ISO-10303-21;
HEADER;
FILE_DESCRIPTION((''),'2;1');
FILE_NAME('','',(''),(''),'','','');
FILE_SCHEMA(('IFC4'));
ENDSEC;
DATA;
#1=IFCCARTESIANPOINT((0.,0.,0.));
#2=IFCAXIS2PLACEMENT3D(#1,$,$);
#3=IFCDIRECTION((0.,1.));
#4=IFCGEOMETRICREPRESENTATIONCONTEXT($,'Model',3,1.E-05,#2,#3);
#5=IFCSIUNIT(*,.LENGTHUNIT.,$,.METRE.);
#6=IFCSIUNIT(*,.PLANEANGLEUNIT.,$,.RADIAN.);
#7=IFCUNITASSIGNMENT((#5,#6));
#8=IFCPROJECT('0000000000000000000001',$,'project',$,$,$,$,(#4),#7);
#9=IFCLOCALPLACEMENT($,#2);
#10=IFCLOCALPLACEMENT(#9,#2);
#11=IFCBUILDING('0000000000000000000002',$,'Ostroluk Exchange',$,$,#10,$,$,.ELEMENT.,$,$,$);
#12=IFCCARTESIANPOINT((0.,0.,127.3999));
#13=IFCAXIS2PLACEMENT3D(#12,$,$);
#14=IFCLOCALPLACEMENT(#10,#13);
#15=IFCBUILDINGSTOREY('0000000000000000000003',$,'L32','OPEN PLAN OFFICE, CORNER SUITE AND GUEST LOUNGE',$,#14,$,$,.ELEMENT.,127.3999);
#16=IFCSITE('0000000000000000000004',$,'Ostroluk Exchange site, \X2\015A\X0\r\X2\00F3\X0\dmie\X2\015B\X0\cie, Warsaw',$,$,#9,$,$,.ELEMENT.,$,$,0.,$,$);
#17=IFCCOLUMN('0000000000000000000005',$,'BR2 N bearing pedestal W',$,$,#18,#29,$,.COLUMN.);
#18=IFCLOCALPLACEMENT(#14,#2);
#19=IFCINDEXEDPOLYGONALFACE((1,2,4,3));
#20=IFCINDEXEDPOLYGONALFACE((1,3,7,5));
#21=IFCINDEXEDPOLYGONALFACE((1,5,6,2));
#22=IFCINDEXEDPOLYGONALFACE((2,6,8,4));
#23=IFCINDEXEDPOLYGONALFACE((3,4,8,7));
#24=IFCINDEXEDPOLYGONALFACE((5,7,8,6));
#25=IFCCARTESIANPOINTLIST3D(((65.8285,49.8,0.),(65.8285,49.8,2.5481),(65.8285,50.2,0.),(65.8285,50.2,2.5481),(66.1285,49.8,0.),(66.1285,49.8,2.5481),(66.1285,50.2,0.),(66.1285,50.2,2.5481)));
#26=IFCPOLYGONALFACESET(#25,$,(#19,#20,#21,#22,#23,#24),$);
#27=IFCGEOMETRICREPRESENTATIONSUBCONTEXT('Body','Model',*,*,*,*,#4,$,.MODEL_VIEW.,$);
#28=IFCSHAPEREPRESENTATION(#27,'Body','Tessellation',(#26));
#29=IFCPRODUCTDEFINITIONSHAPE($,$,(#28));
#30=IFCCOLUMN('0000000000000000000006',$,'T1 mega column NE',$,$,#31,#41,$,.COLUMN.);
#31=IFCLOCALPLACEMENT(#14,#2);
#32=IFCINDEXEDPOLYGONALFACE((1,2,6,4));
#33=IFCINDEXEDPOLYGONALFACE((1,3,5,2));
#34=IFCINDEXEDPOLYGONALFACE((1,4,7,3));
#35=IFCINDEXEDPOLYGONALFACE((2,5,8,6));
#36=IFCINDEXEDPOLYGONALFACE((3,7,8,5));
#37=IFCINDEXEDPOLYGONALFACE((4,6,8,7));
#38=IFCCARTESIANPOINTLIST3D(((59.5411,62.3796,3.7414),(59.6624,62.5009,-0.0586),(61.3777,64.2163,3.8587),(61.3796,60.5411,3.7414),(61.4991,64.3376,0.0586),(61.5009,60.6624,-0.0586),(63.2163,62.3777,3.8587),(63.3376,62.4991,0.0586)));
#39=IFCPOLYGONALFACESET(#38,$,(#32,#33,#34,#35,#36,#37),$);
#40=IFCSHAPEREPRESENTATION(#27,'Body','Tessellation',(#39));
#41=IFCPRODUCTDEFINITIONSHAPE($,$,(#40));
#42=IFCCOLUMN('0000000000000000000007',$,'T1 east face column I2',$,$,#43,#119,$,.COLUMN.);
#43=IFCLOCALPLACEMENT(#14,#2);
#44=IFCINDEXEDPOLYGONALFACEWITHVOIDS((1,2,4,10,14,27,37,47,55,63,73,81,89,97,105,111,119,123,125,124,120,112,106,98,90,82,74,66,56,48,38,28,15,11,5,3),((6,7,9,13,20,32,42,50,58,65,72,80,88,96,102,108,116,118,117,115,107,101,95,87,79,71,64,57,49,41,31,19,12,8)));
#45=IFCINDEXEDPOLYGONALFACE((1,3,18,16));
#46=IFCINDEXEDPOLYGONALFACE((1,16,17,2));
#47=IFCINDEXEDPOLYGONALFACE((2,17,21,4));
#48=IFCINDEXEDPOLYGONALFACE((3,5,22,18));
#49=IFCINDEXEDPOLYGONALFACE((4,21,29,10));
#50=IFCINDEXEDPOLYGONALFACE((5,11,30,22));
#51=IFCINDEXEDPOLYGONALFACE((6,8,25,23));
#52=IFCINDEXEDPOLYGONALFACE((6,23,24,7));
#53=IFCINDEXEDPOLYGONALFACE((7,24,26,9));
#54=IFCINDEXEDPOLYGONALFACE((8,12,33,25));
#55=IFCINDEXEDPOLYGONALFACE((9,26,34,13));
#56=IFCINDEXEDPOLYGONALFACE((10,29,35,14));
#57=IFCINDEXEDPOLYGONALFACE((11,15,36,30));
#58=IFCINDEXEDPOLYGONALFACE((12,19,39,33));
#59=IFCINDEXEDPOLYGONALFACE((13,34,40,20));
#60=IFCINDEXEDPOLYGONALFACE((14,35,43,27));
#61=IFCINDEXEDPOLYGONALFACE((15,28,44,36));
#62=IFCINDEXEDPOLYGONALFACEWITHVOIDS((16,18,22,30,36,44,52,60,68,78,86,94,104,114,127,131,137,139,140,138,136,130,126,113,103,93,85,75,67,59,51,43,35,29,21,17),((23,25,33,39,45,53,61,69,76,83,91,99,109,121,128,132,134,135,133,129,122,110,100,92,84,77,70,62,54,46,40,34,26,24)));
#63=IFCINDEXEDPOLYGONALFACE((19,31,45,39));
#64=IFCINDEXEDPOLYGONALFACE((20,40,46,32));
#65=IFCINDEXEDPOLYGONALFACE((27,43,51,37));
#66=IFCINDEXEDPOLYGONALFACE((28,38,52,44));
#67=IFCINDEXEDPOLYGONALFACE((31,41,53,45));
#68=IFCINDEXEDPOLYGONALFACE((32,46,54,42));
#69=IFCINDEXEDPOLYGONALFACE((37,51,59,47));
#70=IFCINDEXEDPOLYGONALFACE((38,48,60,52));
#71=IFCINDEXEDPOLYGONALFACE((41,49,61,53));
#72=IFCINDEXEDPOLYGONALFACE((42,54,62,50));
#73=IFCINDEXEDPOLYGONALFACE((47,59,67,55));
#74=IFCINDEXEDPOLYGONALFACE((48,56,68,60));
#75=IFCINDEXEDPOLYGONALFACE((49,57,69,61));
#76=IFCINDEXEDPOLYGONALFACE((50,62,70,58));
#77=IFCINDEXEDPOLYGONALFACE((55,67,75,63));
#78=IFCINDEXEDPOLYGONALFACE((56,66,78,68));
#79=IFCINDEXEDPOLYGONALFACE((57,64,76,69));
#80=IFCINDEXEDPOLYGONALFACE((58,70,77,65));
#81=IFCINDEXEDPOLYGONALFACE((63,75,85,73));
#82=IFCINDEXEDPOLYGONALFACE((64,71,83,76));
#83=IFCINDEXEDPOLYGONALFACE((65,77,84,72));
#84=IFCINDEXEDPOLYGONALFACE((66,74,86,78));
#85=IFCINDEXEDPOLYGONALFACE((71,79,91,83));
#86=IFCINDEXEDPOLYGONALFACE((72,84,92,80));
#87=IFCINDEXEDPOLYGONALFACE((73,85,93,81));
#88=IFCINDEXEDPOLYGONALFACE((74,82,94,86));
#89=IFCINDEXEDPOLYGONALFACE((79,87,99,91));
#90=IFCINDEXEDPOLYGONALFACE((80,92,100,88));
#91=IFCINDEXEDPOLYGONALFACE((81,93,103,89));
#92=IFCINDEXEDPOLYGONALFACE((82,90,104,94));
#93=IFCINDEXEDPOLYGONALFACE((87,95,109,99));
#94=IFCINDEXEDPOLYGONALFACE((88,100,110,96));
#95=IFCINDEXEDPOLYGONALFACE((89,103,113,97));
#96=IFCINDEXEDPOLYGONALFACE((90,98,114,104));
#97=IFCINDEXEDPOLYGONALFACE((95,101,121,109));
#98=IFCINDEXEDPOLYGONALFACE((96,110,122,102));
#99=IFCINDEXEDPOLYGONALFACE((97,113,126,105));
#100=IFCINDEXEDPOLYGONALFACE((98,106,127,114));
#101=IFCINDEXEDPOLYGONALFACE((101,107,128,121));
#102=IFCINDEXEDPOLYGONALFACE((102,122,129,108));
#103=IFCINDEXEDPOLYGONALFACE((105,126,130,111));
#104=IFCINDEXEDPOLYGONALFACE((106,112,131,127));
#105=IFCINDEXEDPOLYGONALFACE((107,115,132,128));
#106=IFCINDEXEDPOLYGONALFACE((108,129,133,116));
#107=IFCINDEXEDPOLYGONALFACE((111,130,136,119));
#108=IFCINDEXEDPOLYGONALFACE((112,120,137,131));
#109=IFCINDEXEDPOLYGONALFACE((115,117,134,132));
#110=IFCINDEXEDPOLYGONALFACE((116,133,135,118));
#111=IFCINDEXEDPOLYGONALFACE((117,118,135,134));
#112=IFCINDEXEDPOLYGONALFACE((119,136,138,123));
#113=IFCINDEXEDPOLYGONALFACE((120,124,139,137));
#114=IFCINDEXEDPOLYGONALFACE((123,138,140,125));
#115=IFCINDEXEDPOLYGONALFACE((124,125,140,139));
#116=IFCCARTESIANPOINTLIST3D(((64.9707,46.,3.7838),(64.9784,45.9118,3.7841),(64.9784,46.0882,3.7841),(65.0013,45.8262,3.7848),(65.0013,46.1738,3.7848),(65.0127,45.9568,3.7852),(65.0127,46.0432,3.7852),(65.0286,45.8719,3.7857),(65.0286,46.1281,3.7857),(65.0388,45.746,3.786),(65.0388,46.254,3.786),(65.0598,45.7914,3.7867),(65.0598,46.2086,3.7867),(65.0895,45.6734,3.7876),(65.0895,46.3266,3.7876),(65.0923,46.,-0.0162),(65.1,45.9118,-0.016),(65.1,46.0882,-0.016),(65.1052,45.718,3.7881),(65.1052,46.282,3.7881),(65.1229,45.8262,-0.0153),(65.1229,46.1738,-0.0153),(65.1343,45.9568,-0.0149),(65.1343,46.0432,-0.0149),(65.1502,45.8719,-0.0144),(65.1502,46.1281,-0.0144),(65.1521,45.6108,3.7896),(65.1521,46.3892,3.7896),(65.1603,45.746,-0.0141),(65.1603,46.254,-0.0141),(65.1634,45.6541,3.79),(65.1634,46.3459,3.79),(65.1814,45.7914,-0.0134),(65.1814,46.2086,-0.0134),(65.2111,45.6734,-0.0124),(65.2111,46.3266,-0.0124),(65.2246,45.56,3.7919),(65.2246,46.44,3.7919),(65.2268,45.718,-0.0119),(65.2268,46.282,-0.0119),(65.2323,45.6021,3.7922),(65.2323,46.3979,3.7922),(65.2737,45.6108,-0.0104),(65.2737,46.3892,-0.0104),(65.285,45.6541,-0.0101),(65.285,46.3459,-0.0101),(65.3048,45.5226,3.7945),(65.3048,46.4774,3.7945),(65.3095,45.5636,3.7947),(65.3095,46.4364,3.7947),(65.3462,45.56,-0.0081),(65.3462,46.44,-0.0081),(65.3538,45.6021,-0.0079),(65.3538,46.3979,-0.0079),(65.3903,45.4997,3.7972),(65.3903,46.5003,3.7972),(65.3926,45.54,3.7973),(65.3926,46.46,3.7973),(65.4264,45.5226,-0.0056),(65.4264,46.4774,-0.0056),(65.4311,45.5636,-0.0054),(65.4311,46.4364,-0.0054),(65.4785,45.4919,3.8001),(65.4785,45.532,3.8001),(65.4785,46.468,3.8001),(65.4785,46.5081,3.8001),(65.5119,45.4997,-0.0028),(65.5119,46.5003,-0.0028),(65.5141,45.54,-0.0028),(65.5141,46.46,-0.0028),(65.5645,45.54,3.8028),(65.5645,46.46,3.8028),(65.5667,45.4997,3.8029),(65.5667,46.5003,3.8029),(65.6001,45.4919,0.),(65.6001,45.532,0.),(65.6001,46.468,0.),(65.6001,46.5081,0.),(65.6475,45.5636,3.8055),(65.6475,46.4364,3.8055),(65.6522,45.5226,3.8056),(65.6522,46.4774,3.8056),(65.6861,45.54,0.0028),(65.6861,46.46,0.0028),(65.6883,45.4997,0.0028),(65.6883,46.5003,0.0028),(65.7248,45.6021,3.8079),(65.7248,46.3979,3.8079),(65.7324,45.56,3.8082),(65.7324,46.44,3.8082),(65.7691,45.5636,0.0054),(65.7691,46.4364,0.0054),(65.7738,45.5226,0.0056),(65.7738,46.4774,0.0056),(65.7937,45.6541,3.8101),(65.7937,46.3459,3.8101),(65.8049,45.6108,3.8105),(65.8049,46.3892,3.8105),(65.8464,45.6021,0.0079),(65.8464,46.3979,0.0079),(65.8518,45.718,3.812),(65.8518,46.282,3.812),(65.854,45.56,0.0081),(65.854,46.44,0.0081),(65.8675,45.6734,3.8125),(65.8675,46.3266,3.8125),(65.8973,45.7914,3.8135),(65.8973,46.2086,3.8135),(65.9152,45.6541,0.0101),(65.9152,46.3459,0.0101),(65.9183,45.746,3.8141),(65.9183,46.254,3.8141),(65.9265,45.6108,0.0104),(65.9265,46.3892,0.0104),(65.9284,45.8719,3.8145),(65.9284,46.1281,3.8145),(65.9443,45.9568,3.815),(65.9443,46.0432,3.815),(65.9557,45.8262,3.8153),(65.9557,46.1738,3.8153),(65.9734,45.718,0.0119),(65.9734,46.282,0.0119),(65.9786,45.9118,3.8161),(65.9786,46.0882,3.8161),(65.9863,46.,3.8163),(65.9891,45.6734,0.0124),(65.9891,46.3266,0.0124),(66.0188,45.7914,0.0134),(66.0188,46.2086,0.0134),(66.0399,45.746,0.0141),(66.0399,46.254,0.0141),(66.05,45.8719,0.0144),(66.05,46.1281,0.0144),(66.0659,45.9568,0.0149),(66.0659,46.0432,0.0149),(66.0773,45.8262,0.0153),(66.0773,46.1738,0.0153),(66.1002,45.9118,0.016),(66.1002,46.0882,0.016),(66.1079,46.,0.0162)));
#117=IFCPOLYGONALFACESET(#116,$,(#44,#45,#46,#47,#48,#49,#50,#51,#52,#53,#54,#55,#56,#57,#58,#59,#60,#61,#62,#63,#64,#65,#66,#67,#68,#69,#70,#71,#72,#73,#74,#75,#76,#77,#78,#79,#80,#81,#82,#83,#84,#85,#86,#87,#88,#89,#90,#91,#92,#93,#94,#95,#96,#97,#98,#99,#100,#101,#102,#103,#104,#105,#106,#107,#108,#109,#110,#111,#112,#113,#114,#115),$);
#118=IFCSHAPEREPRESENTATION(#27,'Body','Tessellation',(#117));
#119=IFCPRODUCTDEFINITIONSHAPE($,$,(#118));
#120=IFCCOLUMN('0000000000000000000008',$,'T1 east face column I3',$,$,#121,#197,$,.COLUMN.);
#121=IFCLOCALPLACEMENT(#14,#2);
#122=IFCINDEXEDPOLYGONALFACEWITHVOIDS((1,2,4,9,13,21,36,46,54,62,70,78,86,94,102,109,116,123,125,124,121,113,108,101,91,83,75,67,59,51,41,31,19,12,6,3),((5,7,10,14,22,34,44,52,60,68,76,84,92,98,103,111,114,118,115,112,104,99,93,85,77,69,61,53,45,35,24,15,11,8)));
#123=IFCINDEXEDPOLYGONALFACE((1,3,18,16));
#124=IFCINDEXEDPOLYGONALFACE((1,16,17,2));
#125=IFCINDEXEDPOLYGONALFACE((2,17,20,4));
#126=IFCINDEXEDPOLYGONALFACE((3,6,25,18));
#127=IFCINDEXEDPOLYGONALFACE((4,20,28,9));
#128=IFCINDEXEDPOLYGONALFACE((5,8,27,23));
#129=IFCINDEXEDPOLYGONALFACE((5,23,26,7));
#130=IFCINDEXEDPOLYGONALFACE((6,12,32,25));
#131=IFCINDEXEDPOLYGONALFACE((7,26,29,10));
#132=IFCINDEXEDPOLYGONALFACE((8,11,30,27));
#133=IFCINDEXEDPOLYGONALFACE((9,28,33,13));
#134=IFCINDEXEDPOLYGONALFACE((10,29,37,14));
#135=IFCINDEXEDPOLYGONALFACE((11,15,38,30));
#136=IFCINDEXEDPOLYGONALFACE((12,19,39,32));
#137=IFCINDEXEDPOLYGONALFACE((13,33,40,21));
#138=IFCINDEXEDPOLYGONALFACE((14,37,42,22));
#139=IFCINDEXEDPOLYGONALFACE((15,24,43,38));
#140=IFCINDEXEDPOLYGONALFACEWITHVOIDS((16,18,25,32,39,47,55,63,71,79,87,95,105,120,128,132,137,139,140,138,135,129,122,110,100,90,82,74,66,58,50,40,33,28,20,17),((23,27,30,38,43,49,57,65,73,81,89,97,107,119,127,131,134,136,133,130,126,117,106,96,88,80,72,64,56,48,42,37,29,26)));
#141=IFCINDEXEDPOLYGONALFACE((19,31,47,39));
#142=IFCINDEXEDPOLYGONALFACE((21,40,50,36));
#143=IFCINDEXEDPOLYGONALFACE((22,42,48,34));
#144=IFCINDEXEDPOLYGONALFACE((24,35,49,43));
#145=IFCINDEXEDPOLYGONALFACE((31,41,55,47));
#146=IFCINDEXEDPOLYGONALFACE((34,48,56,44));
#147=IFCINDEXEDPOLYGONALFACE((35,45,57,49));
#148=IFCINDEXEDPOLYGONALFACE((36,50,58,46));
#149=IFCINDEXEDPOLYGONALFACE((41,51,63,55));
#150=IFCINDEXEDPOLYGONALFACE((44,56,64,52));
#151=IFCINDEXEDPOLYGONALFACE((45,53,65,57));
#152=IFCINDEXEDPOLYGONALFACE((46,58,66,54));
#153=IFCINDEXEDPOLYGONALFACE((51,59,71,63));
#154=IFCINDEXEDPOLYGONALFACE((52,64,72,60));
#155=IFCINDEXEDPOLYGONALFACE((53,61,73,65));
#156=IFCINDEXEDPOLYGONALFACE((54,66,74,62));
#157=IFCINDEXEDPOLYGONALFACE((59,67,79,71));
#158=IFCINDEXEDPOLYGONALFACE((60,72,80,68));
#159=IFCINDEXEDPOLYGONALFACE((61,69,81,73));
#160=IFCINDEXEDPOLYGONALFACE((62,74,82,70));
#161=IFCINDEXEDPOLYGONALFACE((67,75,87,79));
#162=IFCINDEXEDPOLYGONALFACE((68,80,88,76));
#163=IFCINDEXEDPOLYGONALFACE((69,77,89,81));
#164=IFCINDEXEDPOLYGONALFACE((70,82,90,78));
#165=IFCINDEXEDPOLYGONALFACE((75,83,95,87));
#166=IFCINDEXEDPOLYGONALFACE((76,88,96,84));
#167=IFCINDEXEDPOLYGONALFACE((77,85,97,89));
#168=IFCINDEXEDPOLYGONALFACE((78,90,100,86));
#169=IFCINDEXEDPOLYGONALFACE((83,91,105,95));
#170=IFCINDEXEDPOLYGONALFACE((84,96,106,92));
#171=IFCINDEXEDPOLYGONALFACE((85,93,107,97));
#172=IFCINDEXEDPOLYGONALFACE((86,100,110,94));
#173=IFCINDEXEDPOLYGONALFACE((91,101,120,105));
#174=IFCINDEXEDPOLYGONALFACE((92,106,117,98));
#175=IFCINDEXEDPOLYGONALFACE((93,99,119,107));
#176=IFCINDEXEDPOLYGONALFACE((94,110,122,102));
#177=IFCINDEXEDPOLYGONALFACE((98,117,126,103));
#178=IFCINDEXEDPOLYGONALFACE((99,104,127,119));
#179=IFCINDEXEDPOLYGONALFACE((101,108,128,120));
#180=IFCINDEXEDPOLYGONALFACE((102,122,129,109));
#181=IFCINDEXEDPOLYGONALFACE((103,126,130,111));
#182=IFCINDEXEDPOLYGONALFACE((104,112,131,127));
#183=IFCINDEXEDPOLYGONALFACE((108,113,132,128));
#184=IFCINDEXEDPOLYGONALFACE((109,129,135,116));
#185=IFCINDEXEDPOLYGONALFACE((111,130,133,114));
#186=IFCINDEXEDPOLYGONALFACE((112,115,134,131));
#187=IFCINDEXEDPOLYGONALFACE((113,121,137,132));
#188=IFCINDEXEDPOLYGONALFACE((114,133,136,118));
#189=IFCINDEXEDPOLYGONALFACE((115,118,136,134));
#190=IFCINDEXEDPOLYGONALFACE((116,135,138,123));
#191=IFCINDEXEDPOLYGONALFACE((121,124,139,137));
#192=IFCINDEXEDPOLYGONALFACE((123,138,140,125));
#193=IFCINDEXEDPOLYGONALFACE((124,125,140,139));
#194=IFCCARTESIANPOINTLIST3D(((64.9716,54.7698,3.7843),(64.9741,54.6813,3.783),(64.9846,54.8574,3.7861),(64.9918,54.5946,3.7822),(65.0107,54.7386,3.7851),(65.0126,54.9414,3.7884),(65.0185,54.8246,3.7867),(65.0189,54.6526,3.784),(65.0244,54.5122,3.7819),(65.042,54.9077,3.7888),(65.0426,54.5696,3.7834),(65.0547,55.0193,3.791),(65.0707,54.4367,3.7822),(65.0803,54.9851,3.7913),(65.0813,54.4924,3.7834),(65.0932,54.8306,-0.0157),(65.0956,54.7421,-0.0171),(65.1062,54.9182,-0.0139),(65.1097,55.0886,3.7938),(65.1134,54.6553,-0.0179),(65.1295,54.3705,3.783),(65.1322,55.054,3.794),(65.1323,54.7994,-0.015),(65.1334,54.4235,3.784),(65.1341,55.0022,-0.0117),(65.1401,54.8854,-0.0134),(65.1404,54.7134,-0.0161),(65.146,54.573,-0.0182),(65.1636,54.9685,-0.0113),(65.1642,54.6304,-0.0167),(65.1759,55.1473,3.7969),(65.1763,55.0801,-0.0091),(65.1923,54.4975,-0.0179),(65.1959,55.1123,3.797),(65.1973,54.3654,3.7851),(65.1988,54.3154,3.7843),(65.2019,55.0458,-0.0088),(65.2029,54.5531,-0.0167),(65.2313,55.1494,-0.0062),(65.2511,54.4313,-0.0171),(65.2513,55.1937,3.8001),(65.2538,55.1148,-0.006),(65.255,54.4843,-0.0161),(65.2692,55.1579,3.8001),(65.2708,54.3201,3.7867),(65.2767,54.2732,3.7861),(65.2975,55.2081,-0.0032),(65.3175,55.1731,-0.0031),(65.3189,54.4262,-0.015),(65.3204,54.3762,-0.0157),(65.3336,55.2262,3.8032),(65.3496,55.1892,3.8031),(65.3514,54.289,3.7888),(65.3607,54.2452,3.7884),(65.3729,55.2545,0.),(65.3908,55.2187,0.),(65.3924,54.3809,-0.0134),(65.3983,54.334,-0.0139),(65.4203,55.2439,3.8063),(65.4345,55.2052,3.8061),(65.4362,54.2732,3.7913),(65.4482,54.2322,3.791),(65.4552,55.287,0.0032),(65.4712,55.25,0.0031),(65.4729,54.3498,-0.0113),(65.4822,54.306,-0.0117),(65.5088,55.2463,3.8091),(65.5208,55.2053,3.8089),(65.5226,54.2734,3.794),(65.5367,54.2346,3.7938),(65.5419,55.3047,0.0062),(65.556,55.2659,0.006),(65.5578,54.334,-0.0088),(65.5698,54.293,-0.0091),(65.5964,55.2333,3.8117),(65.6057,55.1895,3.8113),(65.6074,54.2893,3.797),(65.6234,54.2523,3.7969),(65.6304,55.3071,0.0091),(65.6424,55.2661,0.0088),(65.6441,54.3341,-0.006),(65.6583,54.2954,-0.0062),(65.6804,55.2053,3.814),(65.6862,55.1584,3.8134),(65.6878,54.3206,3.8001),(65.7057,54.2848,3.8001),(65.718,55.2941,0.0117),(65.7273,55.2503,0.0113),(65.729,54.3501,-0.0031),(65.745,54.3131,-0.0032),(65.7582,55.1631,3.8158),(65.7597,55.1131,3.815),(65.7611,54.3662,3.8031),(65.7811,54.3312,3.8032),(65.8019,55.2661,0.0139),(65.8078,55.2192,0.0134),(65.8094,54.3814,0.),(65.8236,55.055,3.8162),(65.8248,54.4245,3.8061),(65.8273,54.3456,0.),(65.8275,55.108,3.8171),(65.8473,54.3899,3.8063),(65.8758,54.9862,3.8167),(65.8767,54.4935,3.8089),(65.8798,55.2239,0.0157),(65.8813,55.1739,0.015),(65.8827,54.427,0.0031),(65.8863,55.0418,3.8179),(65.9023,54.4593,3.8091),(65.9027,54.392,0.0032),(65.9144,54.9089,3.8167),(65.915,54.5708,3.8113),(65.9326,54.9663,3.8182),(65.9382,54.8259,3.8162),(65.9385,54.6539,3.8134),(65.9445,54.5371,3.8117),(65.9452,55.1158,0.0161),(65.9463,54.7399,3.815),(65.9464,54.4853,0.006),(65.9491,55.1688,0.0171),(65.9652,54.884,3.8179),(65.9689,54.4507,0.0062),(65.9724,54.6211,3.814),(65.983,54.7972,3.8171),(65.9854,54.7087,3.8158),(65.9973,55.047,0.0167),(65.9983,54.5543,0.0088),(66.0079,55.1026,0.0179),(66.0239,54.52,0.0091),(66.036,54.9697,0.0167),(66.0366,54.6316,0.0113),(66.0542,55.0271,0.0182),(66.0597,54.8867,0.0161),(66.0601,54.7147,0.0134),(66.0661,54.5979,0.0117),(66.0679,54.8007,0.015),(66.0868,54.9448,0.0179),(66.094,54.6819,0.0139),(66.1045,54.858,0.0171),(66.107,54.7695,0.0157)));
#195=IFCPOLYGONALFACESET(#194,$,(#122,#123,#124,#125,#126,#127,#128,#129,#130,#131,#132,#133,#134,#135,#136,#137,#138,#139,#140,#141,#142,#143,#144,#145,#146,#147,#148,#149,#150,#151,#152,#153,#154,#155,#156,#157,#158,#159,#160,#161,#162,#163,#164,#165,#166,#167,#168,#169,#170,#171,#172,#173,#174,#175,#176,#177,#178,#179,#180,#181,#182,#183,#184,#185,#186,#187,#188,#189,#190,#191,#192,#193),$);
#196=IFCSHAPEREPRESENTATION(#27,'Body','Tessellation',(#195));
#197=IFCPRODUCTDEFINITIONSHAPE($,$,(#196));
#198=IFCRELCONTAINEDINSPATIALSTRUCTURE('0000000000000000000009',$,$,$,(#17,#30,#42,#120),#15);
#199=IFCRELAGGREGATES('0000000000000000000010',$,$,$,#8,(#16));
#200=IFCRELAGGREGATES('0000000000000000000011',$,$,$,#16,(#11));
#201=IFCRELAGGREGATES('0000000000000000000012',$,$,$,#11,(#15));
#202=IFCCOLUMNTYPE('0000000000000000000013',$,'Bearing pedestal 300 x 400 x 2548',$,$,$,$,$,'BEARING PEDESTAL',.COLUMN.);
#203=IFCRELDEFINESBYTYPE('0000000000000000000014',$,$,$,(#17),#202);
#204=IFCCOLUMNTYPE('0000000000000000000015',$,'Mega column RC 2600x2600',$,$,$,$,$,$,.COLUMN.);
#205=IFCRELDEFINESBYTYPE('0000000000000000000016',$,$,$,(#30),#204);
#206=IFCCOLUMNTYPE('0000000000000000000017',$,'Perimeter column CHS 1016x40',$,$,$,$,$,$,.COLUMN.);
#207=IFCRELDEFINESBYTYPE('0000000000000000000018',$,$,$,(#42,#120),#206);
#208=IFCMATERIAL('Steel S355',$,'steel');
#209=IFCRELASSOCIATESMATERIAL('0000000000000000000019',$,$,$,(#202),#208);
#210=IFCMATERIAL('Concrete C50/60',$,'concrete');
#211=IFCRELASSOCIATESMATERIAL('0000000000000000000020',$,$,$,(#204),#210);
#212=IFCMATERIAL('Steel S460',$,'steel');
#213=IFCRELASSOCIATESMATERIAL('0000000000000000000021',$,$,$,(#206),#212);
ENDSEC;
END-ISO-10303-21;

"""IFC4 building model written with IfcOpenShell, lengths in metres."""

from ifc_helpers import new_model, si_unit, direction, frame, origin, origin_2d, place, context, subcontext, project, spatial, rectangle, hollow_circle, extrude, material, material_profile, profile_set, type_object, element, save


model = new_model("IFC4")

# Units and contexts
model_context = context("Model", 3, precision=1e-05, world=origin(), true_north=direction((0.0, 1.0)))
body_context = subcontext(model_context, "Body", "Model", "MODEL_VIEW")
ifc_project = project(units=[si_unit("LENGTHUNIT", "METRE"), si_unit("PLANEANGLEUNIT", "RADIAN")], contexts=[model_context])

# Site, building, storey
site_placement = place(None, origin())
site = spatial("IfcSite", under=ifc_project, at=site_placement, Name="Ostroluk Exchange site, Śródmieście, Warsaw", CompositionType="ELEMENT", RefElevation=0.0)
building_placement = place(site_placement, origin())
building = spatial("IfcBuilding", under=site, at=building_placement, Name="Ostroluk Exchange", CompositionType="ELEMENT")
storey_placement = place(building_placement, frame((0.0, 0.0, 127.3999)))
storey = spatial("IfcBuildingStorey", under=building, at=storey_placement, Name="L32", Description="OPEN PLAN OFFICE, CORNER SUITE AND GUEST LOUNGE", CompositionType="ELEMENT", Elevation=127.3999)

# Columns
ifc_material_1 = material(Name="Steel S355", Category="steel")
ifc_material_profile_1 = material_profile(ifc_material_1, rectangle(XDim=0.3, YDim=0.3999, at=origin_2d()), Name="PL 300x400")
ifc_profile_set_1 = profile_set([ifc_material_profile_1], Name="Steel S355")
column_type_1 = type_object("IfcColumnType", Name="Bearing pedestal 300 x 400 x 2548", ElementType="BEARING PEDESTAL", PredefinedType="COLUMN", material=ifc_profile_set_1)
column_1_placement = place(storey_placement, frame((65.9785, 50.0, 0.0), z_axis=(0.0, 0.0, 1.0), x_axis=(1.0, 0.0, 0.0)))
element("IfcColumn", 1, at=column_1_placement, inside=storey, type_object=column_type_1, Name="BR2 N bearing pedestal W", PredefinedType="COLUMN", context=body_context, shape_type="SweptSolid", body=[
    extrude(rectangle(XDim=0.3, YDim=0.3999, at=origin_2d()), origin(), (0.0, 0.0, 1.0), 2.5481),
])
ifc_material_2 = material(Name="Concrete C50/60", Category="concrete")
ifc_material_profile_2 = material_profile(ifc_material_2, rectangle(XDim=2.6001, YDim=2.6001, at=origin_2d()), Name="RC 2600x2600")
ifc_profile_set_2 = profile_set([ifc_material_profile_2], Name="Concrete C50/60")
column_type_2 = type_object("IfcColumnType", Name="Mega column RC 2600x2600", PredefinedType="COLUMN", material=ifc_profile_set_2)
column_2_placement = place(storey_placement, frame((61.5, 62.5, 0.0), z_axis=(-0.031898, -0.031898, 0.998982), x_axis=(0.707107, -0.707107, 0.0)))
element("IfcColumn", 2, at=column_2_placement, inside=storey, type_object=column_type_2, Name="T1 mega column NE", PredefinedType="COLUMN", context=body_context, shape_type="SweptSolid", body=[
    extrude(rectangle(XDim=2.6001, YDim=2.6001, at=origin_2d()), origin(), (0.0, 0.0, 1.0), 3.804),
])
ifc_material_3 = material(Name="Steel S460", Category="steel")
ifc_material_profile_3 = material_profile(ifc_material_3, hollow_circle(Radius=0.5081, WallThickness=0.04, at=origin_2d()), Name="CHS 1016x40")
ifc_profile_set_3 = profile_set([ifc_material_profile_3], Name="Steel S460")
column_type_3 = type_object("IfcColumnType", Name="Perimeter column CHS 1016x40", PredefinedType="COLUMN", material=ifc_profile_set_3)
column_3_placement = place(storey_placement, frame((65.6001, 46.0, 0.0), z_axis=(-0.031978, 0.0, 0.999489), x_axis=(0.0, -1.0, 0.0)))
element("IfcColumn", 3, at=column_3_placement, inside=storey, type_object=column_type_3, Name="T1 east face column I2", PredefinedType="COLUMN", context=body_context, shape_type="SweptSolid", body=[
    extrude(hollow_circle(Radius=0.5081, WallThickness=0.04, at=origin_2d()), origin(), (0.0, 0.0, 1.0), 3.802),
])
column_4_placement = place(storey_placement, frame((65.6001, 54.8, 0.0), z_axis=(-0.031974, -0.015987, 0.999361), x_axis=(0.447214, -0.894427, 0.0)))
element("IfcColumn", 4, at=column_4_placement, inside=storey, type_object=column_type_3, Name="T1 east face column I3", PredefinedType="COLUMN", context=body_context, shape_type="SweptSolid", body=[
    extrude(hollow_circle(Radius=0.5081, WallThickness=0.04, at=origin_2d()), origin(), (0.0, 0.0, 1.0), 3.8025),
])

save(model, "model.ifc")
